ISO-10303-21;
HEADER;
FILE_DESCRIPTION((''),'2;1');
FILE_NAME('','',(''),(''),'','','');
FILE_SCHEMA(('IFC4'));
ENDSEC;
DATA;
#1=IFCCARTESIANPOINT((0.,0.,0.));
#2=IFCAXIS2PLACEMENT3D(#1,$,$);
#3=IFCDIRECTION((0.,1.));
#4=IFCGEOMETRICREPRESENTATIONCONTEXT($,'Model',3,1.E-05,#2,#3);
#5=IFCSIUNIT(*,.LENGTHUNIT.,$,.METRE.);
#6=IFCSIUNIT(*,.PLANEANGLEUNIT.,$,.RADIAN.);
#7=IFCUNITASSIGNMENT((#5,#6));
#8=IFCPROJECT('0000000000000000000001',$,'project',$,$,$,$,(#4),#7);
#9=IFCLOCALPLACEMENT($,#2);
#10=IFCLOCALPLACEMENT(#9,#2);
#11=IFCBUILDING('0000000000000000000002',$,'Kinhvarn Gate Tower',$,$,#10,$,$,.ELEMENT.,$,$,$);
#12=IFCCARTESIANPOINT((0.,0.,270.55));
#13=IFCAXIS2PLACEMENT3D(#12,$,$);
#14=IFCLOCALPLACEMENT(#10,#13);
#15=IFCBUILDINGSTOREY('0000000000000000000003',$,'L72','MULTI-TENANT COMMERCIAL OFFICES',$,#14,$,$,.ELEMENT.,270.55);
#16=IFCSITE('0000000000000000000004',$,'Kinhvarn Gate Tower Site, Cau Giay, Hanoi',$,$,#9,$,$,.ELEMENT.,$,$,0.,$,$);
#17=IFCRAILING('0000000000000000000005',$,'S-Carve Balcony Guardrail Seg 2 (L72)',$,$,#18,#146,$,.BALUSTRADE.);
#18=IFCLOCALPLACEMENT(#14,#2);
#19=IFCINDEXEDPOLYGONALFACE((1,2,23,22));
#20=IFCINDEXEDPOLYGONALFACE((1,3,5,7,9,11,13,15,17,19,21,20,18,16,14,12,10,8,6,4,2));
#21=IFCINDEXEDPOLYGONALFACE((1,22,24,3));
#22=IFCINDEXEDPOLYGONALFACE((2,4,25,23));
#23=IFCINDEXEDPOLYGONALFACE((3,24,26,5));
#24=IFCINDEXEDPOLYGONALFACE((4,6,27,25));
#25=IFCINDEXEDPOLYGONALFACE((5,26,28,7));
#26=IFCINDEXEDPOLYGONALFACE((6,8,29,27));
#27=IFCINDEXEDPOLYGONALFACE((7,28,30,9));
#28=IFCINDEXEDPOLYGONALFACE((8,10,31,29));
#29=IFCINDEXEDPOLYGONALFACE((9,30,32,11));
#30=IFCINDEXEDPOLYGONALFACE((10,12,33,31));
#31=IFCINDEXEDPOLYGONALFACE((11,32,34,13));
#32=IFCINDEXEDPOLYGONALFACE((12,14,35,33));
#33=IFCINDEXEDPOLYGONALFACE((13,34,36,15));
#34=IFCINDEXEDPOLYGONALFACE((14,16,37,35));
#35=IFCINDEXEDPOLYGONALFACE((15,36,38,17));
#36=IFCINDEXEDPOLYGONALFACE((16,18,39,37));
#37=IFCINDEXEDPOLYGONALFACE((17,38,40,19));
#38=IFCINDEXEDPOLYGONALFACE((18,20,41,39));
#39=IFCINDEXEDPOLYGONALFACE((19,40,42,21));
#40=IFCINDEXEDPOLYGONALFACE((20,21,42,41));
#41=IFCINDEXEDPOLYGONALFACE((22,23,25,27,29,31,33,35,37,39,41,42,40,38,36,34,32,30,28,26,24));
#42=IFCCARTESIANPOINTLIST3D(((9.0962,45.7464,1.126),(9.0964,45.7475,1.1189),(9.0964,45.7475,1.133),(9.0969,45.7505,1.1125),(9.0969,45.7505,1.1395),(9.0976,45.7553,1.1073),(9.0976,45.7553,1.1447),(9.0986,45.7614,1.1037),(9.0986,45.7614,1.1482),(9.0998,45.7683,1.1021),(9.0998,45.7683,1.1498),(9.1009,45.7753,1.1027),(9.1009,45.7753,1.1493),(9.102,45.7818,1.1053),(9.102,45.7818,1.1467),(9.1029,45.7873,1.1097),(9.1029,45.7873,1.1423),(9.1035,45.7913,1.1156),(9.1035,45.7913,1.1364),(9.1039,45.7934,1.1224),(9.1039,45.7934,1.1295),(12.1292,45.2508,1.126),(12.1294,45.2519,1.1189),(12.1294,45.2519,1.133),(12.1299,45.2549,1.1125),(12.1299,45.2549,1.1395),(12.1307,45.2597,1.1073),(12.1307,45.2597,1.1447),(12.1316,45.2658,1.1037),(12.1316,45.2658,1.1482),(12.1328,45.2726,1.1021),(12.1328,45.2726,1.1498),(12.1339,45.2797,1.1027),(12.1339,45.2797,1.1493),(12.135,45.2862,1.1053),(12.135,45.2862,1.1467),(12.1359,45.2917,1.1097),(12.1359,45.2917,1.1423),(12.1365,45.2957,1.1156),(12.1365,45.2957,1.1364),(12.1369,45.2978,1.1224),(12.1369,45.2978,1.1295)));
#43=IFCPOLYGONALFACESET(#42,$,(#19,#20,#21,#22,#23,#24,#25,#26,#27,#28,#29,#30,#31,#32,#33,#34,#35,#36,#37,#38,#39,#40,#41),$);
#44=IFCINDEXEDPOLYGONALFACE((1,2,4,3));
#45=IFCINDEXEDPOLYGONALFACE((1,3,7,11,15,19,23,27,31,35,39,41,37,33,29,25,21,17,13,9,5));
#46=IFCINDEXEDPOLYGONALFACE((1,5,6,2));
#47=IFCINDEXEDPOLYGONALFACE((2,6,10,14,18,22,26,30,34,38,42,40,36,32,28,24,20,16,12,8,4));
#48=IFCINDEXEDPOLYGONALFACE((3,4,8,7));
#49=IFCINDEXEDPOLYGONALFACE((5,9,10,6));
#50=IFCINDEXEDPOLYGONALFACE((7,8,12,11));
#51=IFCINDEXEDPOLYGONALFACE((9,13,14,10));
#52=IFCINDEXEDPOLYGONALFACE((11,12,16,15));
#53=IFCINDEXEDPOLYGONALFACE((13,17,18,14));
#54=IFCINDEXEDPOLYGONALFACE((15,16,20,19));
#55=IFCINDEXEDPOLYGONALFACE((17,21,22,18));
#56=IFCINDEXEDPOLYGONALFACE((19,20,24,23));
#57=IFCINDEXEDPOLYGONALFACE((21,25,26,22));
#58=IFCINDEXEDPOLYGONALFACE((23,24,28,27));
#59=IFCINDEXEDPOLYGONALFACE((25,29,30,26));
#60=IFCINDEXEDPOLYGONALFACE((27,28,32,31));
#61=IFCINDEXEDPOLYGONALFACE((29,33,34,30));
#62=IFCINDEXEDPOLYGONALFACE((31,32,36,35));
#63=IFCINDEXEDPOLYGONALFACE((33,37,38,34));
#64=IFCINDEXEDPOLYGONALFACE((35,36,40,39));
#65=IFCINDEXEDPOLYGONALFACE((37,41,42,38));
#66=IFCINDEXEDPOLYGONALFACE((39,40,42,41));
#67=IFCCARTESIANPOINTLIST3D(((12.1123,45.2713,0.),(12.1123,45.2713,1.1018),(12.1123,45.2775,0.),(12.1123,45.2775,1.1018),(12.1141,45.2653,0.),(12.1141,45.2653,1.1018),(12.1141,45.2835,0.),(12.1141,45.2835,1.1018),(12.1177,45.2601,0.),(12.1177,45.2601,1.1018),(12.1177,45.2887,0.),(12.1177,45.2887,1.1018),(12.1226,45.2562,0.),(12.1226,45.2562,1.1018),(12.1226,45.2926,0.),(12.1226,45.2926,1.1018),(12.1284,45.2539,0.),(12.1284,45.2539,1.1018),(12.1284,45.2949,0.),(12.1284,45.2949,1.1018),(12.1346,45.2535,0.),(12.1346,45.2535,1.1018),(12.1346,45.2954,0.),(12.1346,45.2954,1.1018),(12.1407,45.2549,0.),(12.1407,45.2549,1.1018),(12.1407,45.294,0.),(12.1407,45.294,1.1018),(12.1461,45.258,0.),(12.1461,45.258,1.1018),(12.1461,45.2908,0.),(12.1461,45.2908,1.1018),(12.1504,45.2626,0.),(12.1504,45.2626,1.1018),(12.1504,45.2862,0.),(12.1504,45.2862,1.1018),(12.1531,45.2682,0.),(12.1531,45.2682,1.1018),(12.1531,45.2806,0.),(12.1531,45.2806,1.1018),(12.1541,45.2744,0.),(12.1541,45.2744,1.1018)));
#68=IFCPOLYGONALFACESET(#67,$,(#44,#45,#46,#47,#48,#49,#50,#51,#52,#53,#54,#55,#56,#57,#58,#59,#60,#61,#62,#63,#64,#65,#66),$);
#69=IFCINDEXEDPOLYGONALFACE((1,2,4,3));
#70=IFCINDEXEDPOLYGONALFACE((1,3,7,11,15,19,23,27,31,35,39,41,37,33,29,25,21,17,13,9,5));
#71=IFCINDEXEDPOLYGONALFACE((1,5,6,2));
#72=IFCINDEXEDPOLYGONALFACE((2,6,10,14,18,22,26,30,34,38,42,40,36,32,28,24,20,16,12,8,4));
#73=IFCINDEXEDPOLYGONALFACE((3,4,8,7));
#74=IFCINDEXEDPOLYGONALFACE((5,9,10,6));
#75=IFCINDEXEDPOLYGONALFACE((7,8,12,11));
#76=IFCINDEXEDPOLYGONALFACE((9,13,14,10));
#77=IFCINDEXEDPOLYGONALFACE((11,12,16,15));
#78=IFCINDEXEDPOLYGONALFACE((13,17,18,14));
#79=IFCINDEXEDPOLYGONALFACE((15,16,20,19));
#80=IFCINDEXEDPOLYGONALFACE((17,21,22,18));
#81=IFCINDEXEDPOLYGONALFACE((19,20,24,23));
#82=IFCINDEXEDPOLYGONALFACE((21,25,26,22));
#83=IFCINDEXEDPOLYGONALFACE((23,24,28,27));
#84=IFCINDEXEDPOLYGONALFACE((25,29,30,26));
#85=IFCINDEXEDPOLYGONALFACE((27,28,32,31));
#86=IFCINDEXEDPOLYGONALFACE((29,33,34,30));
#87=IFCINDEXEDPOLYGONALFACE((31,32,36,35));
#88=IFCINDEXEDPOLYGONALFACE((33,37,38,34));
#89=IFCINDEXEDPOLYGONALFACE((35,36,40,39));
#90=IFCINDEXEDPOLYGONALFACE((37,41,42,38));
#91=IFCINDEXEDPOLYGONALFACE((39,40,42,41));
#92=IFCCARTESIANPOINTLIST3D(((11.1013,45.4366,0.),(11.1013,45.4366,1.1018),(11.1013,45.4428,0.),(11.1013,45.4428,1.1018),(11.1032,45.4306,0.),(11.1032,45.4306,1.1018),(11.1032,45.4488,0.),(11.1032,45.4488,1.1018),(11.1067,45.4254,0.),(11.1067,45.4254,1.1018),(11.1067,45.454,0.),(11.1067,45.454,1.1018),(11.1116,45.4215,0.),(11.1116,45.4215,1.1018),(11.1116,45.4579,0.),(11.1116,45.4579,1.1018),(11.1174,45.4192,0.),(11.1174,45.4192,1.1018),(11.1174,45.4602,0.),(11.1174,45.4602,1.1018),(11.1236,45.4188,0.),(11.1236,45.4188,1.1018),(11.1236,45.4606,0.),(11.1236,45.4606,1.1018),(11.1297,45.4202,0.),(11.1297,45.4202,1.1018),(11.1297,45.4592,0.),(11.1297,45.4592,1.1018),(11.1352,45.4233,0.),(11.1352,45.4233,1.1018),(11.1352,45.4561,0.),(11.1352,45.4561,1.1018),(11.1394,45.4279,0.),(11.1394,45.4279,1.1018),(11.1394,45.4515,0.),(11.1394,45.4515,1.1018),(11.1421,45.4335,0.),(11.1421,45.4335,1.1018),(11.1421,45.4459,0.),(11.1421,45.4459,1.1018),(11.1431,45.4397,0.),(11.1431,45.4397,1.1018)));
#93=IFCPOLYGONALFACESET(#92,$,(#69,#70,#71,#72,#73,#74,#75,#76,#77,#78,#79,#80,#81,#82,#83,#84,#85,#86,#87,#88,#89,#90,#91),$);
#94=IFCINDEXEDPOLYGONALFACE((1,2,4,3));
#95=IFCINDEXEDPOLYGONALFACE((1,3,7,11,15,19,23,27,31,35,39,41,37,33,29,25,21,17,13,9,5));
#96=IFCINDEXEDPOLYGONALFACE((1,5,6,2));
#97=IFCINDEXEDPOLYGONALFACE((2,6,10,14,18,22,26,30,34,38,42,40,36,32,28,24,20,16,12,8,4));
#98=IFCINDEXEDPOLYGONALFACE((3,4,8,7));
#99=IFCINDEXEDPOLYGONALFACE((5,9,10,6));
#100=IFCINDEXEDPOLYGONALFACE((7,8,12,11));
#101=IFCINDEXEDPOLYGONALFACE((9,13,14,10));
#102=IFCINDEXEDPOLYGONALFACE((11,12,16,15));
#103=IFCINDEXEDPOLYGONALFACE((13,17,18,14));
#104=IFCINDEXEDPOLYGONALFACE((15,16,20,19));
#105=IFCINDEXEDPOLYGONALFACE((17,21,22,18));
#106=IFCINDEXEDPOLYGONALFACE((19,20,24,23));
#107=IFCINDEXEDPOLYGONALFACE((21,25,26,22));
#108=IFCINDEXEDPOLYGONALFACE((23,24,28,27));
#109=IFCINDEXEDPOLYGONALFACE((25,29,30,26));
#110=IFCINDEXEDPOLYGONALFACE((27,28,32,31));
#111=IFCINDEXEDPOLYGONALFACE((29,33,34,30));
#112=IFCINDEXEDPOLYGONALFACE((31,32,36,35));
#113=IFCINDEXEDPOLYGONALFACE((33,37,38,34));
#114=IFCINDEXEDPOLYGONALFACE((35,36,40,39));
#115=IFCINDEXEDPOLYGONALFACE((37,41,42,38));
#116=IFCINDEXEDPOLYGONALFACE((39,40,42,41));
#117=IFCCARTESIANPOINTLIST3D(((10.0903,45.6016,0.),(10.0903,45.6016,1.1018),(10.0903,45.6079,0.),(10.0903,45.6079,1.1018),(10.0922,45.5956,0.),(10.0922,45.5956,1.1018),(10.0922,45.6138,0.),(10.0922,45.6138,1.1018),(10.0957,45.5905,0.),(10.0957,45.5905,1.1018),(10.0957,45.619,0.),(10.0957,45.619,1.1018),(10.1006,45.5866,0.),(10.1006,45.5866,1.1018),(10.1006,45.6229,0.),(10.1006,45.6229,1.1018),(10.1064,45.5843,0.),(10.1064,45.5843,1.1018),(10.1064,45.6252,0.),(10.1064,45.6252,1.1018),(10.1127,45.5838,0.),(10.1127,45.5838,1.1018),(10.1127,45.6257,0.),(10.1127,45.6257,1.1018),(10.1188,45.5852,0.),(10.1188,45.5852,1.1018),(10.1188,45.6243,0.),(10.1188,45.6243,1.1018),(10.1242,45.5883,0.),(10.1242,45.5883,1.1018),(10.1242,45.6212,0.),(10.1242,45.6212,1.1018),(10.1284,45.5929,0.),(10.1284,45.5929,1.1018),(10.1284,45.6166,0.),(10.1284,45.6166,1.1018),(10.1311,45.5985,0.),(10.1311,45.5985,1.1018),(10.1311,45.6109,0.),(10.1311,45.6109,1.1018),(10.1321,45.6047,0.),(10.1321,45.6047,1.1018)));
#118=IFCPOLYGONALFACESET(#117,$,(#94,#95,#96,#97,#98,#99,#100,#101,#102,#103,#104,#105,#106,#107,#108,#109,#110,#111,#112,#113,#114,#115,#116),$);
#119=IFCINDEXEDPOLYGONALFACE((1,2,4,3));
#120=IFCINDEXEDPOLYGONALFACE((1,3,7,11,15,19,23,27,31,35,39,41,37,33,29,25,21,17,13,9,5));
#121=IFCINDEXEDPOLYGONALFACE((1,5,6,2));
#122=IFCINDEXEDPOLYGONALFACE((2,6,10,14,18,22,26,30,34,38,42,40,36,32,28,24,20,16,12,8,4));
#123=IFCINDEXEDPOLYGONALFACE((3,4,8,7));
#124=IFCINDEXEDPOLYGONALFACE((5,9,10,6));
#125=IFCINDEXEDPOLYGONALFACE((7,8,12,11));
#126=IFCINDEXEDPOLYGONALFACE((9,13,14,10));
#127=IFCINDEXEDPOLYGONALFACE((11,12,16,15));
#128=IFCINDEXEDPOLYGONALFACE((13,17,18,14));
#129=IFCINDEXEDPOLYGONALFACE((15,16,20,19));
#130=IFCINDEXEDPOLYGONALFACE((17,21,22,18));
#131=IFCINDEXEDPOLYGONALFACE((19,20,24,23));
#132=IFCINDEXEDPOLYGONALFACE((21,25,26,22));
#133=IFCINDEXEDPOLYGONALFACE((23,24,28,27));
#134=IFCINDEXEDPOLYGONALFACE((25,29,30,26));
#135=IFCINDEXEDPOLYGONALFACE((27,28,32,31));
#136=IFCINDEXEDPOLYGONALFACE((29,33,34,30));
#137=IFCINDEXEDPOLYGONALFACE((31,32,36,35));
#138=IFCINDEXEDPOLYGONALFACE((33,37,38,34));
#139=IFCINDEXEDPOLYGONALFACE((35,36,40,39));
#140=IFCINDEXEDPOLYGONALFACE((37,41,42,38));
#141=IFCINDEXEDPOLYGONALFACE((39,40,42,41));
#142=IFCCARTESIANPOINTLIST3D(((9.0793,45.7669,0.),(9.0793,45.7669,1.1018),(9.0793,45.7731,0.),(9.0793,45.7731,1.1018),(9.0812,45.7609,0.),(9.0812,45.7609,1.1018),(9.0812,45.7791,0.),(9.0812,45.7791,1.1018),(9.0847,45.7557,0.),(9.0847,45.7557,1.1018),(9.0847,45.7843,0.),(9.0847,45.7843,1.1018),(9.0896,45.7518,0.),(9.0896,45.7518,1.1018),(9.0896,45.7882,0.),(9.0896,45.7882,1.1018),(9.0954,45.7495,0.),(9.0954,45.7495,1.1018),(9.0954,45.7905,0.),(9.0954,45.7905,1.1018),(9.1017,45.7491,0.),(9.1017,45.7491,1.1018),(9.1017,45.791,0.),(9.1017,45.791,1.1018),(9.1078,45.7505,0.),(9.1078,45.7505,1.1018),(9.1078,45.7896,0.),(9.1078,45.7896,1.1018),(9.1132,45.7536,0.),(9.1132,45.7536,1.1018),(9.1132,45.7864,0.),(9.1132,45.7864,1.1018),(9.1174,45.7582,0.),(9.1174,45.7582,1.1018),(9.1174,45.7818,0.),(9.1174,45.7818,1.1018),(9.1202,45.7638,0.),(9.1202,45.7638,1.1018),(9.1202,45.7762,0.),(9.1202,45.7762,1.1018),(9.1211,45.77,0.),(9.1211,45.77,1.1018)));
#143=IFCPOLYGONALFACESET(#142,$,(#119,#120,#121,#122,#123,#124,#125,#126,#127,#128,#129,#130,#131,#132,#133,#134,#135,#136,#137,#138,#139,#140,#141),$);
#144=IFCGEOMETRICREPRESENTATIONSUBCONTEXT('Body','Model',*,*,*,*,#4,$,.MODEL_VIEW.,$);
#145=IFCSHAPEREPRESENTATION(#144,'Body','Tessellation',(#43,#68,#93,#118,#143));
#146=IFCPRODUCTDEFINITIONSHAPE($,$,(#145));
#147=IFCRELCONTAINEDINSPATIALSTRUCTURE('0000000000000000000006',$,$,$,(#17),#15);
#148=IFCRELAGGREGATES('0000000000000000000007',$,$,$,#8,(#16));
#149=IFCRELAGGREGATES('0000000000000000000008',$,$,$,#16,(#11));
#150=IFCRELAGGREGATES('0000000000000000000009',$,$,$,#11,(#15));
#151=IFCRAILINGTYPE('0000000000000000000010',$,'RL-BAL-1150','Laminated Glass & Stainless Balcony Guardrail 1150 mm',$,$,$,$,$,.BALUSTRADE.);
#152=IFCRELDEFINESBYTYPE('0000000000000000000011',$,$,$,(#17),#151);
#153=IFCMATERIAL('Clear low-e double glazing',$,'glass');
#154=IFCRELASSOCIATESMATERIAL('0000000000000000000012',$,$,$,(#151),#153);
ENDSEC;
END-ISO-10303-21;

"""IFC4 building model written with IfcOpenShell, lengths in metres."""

from ifc_helpers import new_model, si_unit, direction, frame, origin, origin_2d, place, context, subcontext, project, spatial, circle, extrude, material, type_object, element, save


model = new_model("IFC4")

# Units and contexts
model_context = context("Model", 3, precision=1e-05, world=origin(), true_north=direction((0.0, 1.0)))
body_context = subcontext(model_context, "Body", "Model", "MODEL_VIEW")
ifc_project = project(units=[si_unit("LENGTHUNIT", "METRE"), si_unit("PLANEANGLEUNIT", "RADIAN")], contexts=[model_context])

# Site, building, storey
site_placement = place(None, origin())
site = spatial("IfcSite", under=ifc_project, at=site_placement, Name="Kinhvarn Gate Tower Site, Cau Giay, Hanoi", CompositionType="ELEMENT", RefElevation=0.0)
building_placement = place(site_placement, origin())
building = spatial("IfcBuilding", under=site, at=building_placement, Name="Kinhvarn Gate Tower", CompositionType="ELEMENT")
storey_placement = place(building_placement, frame((0.0, 0.0, 270.55)))
storey = spatial("IfcBuildingStorey", under=building, at=storey_placement, Name="L72", Description="MULTI-TENANT COMMERCIAL OFFICES", CompositionType="ELEMENT", Elevation=270.55)

# Shared definitions
ifc_material_1 = material(Name="Clear low-e double glazing", Category="glass")

# Railing
railing_type_1 = type_object("IfcRailingType", Name="RL-BAL-1150", Description="Laminated Glass & Stainless Balcony Guardrail 1150 mm", PredefinedType="BALUSTRADE", material=ifc_material_1)
railing_1_placement = place(storey_placement, frame((12.1331, 45.2744, 0.0)))
element("IfcRailing", 1, at=railing_1_placement, inside=storey, type_object=railing_type_1, Name="S-Carve Balcony Guardrail Seg 2 (L72)", PredefinedType="BALUSTRADE", context=body_context, shape_type="SweptSolid", body=[
    extrude(circle(Radius=0.0239, at=origin_2d()), frame((0.0, 0.0, 1.126), z_axis=(-0.986911, 0.161268, 0.0), x_axis=(-0.161268, -0.986911, 0.0)), (0.0, 0.0, 1.0), 3.0732),
    extrude(circle(Radius=0.021, at=origin_2d()), origin(), (0.0, 0.0, 1.0), 1.1018),
    extrude(circle(Radius=0.021, at=origin_2d()), frame((-1.011, 0.1653, 0.0)), (0.0, 0.0, 1.0), 1.1018),
    extrude(circle(Radius=0.021, at=origin_2d()), frame((-2.022, 0.3303, 0.0)), (0.0, 0.0, 1.0), 1.1018),
    extrude(circle(Radius=0.021, at=origin_2d()), frame((-3.033, 0.4956, 0.0)), (0.0, 0.0, 1.0), 1.1018),
])

save(model, "model.ifc")
